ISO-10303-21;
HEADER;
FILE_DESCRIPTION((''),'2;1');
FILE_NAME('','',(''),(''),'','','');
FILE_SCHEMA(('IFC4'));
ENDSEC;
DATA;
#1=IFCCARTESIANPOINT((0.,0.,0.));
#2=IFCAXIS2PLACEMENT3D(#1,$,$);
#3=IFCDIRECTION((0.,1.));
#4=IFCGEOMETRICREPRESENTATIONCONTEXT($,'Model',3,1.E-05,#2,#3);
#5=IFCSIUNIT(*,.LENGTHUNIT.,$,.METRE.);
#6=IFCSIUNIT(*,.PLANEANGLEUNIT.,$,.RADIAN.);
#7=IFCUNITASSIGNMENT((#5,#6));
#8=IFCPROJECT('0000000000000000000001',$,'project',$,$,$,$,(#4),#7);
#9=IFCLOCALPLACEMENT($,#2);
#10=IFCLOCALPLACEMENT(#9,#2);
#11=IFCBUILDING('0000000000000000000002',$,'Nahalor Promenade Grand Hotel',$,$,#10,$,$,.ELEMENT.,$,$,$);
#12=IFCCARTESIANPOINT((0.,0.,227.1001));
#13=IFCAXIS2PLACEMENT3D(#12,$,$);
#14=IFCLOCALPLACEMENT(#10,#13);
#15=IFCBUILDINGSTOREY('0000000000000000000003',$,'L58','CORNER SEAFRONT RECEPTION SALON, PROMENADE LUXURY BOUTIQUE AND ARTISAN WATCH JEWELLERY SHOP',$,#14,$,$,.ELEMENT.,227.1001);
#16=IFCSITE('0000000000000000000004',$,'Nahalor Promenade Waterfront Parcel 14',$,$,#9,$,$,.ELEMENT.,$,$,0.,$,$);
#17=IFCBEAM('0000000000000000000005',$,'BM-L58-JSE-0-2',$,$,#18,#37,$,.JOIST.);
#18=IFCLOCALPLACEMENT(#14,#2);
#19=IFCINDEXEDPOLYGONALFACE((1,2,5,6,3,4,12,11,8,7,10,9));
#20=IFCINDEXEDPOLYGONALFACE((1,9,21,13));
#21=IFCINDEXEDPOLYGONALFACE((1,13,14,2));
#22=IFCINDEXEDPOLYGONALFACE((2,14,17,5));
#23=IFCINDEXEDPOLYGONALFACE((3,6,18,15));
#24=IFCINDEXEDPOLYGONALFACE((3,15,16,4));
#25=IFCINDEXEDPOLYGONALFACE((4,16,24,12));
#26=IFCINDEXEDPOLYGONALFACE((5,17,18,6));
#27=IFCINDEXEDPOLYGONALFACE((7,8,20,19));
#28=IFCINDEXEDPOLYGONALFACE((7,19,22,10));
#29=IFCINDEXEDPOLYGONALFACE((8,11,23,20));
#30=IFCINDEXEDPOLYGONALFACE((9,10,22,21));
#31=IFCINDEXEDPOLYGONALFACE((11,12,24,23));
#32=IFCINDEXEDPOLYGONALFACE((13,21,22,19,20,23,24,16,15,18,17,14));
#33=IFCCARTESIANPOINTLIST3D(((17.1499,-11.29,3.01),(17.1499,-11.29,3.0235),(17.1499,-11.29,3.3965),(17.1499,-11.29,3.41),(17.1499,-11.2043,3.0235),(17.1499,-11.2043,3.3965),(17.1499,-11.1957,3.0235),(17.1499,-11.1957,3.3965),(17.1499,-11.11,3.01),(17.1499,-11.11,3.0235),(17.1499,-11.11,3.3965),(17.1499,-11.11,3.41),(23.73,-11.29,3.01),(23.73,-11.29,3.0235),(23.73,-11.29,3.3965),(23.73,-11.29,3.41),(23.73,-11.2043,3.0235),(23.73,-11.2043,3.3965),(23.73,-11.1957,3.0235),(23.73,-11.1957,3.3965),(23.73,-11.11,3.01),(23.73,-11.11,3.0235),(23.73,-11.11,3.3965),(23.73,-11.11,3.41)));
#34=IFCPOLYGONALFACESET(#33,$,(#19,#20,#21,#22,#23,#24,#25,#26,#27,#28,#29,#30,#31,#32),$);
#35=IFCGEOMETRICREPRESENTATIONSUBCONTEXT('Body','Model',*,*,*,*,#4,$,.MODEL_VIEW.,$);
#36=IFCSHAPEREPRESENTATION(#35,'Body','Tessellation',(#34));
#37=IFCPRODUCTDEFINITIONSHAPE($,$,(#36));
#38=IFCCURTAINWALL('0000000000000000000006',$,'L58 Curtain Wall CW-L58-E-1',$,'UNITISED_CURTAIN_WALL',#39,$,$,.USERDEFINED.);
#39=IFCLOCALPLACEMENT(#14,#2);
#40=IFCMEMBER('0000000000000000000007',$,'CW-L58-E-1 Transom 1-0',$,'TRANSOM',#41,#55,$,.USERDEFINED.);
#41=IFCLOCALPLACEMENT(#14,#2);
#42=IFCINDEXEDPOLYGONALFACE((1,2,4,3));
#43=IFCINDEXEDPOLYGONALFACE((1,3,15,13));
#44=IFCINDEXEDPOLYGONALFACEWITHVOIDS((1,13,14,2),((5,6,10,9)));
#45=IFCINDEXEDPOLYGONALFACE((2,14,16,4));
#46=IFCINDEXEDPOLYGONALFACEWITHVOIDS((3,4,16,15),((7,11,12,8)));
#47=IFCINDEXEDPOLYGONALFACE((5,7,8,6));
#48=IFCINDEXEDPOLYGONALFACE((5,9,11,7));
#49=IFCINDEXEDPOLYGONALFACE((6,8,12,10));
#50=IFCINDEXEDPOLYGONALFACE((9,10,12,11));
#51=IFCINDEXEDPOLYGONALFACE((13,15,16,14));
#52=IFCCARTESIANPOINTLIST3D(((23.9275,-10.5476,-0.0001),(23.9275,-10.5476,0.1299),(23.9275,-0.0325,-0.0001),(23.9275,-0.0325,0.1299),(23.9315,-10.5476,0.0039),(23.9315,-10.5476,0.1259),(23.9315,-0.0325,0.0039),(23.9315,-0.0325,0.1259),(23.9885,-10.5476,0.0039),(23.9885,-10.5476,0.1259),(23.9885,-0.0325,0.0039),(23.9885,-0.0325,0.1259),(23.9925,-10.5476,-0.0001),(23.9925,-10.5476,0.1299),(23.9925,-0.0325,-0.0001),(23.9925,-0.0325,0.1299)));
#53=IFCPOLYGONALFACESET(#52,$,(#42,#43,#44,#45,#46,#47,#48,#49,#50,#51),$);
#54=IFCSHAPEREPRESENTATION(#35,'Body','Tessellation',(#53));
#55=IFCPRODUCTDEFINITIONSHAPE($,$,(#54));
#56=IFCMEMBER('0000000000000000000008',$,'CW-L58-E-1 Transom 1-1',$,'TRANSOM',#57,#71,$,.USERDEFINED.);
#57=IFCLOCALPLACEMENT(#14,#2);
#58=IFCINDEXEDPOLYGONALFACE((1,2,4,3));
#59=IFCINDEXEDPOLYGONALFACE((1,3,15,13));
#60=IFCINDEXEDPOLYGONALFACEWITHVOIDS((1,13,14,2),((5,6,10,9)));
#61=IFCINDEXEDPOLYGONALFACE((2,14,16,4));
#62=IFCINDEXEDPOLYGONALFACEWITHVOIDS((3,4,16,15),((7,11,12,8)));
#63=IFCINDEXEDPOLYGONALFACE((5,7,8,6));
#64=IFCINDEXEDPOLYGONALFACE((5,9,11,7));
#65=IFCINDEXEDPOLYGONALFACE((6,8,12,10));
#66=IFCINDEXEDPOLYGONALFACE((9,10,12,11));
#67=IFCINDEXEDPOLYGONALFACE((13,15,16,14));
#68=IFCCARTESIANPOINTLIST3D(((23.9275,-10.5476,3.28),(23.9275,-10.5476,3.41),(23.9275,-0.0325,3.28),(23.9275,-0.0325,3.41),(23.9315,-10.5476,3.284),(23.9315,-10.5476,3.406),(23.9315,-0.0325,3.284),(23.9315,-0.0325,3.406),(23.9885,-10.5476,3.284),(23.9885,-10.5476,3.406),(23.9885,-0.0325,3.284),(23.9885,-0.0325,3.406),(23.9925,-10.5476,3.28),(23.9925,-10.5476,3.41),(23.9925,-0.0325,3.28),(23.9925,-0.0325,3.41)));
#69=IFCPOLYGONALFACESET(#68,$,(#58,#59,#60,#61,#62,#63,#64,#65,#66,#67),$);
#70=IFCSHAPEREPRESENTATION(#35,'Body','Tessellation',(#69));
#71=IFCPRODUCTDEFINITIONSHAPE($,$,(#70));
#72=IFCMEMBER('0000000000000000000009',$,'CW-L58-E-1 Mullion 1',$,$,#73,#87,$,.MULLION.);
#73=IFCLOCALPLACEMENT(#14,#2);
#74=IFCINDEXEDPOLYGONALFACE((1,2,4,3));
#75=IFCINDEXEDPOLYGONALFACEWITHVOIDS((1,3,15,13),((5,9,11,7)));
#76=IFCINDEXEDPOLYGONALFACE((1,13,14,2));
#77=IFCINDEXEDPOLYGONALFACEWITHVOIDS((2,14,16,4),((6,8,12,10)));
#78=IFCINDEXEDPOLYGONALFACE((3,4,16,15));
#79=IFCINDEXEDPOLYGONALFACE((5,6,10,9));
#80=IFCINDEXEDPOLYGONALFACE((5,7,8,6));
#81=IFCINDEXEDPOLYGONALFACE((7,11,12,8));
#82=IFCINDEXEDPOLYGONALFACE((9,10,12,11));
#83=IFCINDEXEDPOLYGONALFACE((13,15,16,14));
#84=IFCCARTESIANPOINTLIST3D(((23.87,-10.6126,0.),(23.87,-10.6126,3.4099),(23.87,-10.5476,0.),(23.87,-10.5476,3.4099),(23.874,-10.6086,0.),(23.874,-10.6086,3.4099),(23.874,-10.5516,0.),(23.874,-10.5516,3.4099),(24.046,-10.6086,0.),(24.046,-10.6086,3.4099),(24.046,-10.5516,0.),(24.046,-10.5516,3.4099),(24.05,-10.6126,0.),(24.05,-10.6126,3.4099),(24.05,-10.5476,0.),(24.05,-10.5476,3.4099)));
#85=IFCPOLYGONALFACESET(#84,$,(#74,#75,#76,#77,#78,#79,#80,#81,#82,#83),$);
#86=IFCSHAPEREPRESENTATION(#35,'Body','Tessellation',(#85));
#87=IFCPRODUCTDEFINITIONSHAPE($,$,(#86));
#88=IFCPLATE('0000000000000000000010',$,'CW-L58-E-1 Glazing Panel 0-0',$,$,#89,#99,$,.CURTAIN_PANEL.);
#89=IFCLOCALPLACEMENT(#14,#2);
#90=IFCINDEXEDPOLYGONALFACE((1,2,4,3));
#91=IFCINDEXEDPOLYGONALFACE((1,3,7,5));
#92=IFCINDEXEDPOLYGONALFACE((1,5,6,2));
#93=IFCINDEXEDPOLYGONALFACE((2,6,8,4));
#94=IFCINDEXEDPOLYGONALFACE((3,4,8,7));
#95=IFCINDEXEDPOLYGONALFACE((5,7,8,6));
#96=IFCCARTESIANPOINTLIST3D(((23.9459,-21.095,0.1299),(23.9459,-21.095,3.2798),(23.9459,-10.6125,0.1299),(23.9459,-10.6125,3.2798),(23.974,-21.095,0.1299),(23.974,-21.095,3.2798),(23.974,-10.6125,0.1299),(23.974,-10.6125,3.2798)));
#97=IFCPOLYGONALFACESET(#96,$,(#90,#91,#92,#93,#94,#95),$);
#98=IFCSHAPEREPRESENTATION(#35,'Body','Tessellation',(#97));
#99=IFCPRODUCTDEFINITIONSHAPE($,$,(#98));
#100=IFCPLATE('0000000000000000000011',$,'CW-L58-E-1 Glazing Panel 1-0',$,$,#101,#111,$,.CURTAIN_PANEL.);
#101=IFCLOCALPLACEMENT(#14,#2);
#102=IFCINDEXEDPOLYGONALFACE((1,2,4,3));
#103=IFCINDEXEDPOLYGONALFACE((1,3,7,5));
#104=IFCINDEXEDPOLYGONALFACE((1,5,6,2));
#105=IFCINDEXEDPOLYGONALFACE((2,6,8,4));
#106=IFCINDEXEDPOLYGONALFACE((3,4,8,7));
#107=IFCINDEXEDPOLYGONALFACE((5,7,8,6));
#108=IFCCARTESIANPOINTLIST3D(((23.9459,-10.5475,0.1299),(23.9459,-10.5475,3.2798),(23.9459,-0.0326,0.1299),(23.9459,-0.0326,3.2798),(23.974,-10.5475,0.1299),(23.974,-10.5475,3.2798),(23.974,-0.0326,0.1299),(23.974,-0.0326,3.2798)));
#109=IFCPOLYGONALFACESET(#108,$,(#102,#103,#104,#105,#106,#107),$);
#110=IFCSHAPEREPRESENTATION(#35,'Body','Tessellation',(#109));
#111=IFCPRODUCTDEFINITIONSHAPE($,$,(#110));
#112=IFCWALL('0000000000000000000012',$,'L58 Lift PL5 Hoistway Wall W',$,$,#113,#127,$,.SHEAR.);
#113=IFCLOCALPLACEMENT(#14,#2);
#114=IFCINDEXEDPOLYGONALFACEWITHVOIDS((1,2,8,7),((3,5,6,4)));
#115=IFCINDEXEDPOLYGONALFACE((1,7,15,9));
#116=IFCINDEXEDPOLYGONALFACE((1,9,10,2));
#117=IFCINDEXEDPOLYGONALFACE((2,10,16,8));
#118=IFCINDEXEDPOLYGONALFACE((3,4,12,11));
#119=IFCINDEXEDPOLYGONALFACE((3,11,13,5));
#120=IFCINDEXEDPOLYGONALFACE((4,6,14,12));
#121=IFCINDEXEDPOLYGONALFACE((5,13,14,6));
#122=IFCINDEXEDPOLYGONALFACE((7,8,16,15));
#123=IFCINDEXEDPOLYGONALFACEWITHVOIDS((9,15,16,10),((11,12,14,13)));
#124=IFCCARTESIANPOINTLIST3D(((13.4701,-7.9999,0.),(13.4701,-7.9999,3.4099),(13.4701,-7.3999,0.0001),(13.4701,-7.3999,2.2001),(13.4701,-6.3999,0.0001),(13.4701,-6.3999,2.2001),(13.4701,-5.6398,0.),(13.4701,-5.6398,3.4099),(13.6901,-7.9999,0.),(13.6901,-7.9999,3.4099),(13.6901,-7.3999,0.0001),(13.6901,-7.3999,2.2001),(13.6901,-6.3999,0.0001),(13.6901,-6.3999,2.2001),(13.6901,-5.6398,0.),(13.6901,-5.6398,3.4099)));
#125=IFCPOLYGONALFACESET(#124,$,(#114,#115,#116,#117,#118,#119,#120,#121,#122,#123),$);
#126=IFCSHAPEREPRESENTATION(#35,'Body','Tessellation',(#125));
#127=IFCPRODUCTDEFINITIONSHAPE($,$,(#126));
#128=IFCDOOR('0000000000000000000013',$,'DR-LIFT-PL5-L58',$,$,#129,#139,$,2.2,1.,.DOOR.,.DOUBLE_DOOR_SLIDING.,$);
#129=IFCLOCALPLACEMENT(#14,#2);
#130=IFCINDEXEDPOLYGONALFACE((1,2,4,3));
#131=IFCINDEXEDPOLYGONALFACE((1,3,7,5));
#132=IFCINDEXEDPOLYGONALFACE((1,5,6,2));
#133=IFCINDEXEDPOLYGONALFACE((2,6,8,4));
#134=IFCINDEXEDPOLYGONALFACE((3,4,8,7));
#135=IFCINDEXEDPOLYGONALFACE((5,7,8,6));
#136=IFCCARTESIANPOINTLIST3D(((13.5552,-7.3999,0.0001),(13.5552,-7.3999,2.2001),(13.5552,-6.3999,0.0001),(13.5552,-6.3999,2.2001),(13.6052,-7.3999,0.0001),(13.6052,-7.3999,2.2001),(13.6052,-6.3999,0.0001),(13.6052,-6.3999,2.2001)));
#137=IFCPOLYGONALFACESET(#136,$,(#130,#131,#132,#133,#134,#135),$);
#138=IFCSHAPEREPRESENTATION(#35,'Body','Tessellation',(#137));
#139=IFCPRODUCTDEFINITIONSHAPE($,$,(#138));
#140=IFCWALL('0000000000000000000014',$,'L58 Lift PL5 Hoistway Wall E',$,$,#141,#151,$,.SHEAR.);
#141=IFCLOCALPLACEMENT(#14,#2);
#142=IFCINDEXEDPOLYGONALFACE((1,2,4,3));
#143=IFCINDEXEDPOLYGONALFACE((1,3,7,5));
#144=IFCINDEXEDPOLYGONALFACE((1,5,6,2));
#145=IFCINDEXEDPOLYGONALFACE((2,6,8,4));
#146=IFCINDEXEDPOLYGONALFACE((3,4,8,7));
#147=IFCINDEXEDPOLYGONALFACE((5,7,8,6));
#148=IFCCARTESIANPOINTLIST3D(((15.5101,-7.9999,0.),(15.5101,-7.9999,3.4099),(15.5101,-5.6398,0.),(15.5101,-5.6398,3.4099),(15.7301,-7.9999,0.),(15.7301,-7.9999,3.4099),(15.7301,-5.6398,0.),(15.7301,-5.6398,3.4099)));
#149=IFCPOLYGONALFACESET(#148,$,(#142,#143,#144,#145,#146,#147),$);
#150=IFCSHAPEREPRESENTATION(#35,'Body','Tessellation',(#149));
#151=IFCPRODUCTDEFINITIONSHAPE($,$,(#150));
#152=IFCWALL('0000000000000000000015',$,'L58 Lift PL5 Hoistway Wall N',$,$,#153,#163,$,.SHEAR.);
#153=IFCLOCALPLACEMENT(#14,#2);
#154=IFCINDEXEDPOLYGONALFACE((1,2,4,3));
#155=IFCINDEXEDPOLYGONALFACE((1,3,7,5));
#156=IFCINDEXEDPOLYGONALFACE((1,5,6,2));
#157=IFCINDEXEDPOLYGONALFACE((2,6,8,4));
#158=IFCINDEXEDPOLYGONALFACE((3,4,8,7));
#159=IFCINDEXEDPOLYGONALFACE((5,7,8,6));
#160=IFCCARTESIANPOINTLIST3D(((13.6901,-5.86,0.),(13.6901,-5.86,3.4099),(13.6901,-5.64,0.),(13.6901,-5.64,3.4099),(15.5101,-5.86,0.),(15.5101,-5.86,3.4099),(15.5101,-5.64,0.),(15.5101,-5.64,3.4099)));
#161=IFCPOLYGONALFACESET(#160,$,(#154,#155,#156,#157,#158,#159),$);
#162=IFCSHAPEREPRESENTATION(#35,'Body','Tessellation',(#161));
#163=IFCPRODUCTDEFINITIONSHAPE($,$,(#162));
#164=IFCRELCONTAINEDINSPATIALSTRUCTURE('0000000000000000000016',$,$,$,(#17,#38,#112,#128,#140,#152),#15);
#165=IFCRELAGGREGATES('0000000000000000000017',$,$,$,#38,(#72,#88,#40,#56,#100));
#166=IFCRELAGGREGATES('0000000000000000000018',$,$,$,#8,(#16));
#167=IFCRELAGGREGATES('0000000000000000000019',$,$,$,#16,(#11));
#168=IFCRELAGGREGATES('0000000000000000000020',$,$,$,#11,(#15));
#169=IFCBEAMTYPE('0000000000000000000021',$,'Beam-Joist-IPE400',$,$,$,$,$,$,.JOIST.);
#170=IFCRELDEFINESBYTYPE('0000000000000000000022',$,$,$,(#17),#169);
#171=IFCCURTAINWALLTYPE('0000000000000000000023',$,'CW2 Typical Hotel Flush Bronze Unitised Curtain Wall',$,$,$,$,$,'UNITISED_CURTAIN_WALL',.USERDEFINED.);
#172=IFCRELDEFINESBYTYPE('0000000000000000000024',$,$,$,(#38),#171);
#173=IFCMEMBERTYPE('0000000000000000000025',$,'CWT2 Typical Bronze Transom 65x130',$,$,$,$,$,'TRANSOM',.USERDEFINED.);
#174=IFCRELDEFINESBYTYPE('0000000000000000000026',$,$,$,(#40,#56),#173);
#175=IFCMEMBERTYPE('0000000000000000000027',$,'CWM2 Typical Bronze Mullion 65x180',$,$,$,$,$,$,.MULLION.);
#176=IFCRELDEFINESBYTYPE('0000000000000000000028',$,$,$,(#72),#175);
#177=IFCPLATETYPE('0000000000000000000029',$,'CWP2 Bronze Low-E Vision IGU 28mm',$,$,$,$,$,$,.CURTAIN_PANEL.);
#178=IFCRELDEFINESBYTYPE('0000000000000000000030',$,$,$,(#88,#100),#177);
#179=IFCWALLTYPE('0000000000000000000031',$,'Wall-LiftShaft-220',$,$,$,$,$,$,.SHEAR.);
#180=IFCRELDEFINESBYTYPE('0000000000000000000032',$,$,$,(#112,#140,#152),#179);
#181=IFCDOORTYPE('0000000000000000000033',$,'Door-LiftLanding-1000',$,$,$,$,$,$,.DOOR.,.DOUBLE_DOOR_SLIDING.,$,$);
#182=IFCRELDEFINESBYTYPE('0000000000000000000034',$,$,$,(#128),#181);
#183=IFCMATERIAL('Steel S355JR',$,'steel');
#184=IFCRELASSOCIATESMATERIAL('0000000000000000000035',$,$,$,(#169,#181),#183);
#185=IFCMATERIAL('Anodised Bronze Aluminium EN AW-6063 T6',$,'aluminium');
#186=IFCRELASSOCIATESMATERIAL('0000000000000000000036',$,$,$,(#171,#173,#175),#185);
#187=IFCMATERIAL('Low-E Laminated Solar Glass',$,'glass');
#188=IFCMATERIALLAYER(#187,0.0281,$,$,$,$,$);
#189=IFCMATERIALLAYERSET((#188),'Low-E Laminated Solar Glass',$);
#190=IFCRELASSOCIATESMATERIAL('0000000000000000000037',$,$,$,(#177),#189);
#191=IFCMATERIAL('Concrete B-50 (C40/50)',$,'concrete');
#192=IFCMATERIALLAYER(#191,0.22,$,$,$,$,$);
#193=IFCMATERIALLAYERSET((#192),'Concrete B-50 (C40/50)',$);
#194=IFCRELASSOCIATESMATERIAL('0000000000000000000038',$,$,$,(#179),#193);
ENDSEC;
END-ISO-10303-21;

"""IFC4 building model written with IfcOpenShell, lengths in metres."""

from ifc_helpers import new_model, si_unit, direction, frame, frame_2d, origin, origin_2d, place, context, subcontext, project, spatial, rectangle, hollow_rectangle, i_section, extrude, source, transform, mapped, material, layer, layer_set, material_profile, profile_set, type_object, element, fill, aggregate, save


model = new_model("IFC4")

# Units and contexts
model_context = context("Model", 3, precision=1e-05, world=origin(), true_north=direction((0.0, 1.0)))
body_context = subcontext(model_context, "Body", "Model", "MODEL_VIEW")
ifc_project = project(units=[si_unit("LENGTHUNIT", "METRE"), si_unit("PLANEANGLEUNIT", "RADIAN")], contexts=[model_context])

# Site, building, storey
site_placement = place(None, origin())
site = spatial("IfcSite", under=ifc_project, at=site_placement, Name="Nahalor Promenade Waterfront Parcel 14", CompositionType="ELEMENT", RefElevation=0.0)
building_placement = place(site_placement, origin())
building = spatial("IfcBuilding", under=site, at=building_placement, Name="Nahalor Promenade Grand Hotel", CompositionType="ELEMENT")
storey_placement = place(building_placement, frame((0.0, 0.0, 227.1001)))
storey = spatial("IfcBuildingStorey", under=building, at=storey_placement, Name="L58", Description="CORNER SEAFRONT RECEPTION SALON, PROMENADE LUXURY BOUTIQUE AND ARTISAN WATCH JEWELLERY SHOP", CompositionType="ELEMENT", Elevation=227.1001)

# Shared definitions
ifc_material_1 = material(Name="Steel S355JR", Category="steel")

# Beam
ifc_material_profile_1 = material_profile(ifc_material_1, i_section(OverallWidth=0.18, OverallDepth=0.4, WebThickness=0.0086, FlangeThickness=0.0135, at=origin_2d()), Name="IPE 400")
ifc_profile_set_1 = profile_set([ifc_material_profile_1], Name="Steel S355JR")
beam_type_1 = type_object("IfcBeamType", Name="Beam-Joist-IPE400", PredefinedType="JOIST", material=ifc_profile_set_1)
shared_shape_1 = source(origin(), body_context, "Body", "SweptSolid", [
    extrude(i_section(OverallWidth=0.18, OverallDepth=0.4, WebThickness=0.0086, FlangeThickness=0.0135, at=origin_2d()), origin(), (0.0, 0.0, 1.0), 6.5801),
])
beam_1_placement = place(storey_placement, frame((17.1499, -11.2, 3.21), z_axis=(1.0, 0.0, 0.0), x_axis=(0.0, 1.0, 0.0)))
element("IfcBeam", 1, at=beam_1_placement, inside=storey, type_object=beam_type_1, Name="BM-L58-JSE-0-2", PredefinedType="JOIST", context=body_context, shape_type="MappedRepresentation", body=[
    mapped(shared_shape_1, transform((0.0, 0.0, 0.0), scale=1.0)),
])

# Curtain wall, members, plates
ifc_material_2 = material(Name="Anodised Bronze Aluminium EN AW-6063 T6", Category="aluminium")
curtain_wall_type = type_object("IfcCurtainWallType", Name="CW2 Typical Hotel Flush Bronze Unitised Curtain Wall", ElementType="UNITISED_CURTAIN_WALL", PredefinedType="USERDEFINED", material=ifc_material_2)
curtain_wall_placement = place(storey_placement, origin())
curtain_wall = element("IfcCurtainWall", 2, at=curtain_wall_placement, inside=storey, type_object=curtain_wall_type, Name="L58 Curtain Wall CW-L58-E-1", ObjectType="UNITISED_CURTAIN_WALL", PredefinedType="USERDEFINED")
ifc_material_profile_2 = material_profile(ifc_material_2, hollow_rectangle(XDim=0.065, YDim=0.13, WallThickness=0.004, at=origin_2d()), Name="CWT 65x130x4")
ifc_profile_set_2 = profile_set([ifc_material_profile_2], Name="Anodised Bronze Aluminium EN AW-6063 T6")
member_type_1 = type_object("IfcMemberType", Name="CWT2 Typical Bronze Transom 65x130", ElementType="TRANSOM", PredefinedType="USERDEFINED", material=ifc_profile_set_2)
shared_shape_2 = source(origin(), body_context, "Body", "SweptSolid", [
    extrude(hollow_rectangle(XDim=0.065, YDim=0.13, WallThickness=0.004, at=origin_2d()), origin(), (0.0, 0.0, 1.0), 10.5151),
])
member_1_placement = place(storey_placement, frame((23.96, -10.5476, 0.0649), z_axis=(0.0, 1.0, 0.0), x_axis=(-1.0, 0.0, 0.0)))
member_1 = element("IfcMember", 3, at=member_1_placement, type_object=member_type_1, Name="CW-L58-E-1 Transom 1-0", ObjectType="TRANSOM", PredefinedType="USERDEFINED", context=body_context, shape_type="MappedRepresentation", body=[
    mapped(shared_shape_2, transform((0.0, 0.0, 0.0), scale=1.0)),
])
member_2_placement = place(storey_placement, frame((23.96, -10.5476, 3.345), z_axis=(0.0, 1.0, 0.0), x_axis=(-1.0, 0.0, 0.0)))
member_2 = element("IfcMember", 4, at=member_2_placement, type_object=member_type_1, Name="CW-L58-E-1 Transom 1-1", ObjectType="TRANSOM", PredefinedType="USERDEFINED", context=body_context, shape_type="MappedRepresentation", body=[
    mapped(shared_shape_2, transform((0.0, 0.0, 0.0), scale=1.0)),
])
ifc_material_profile_3 = material_profile(ifc_material_2, hollow_rectangle(XDim=0.065, YDim=0.18, WallThickness=0.004, at=origin_2d()), Name="CWM 65x180x4")
ifc_profile_set_3 = profile_set([ifc_material_profile_3], Name="Anodised Bronze Aluminium EN AW-6063 T6")
member_type_2 = type_object("IfcMemberType", Name="CWM2 Typical Bronze Mullion 65x180", PredefinedType="MULLION", material=ifc_profile_set_3)
shared_shape_3 = source(origin(), body_context, "Body", "SweptSolid", [
    extrude(hollow_rectangle(XDim=0.065, YDim=0.18, WallThickness=0.004, at=origin_2d()), origin(), (0.0, 0.0, 1.0), 3.4099),
])
member_3_placement = place(storey_placement, frame((23.96, -10.5801, 0.0), z_axis=(0.0, 0.0, 1.0), x_axis=(0.0, 1.0, 0.0)))
member_3 = element("IfcMember", 5, at=member_3_placement, type_object=member_type_2, Name="CW-L58-E-1 Mullion 1", PredefinedType="MULLION", context=body_context, shape_type="MappedRepresentation", body=[
    mapped(shared_shape_3, transform((0.0, 0.0, 0.0), scale=1.0)),
])
ifc_material_3 = material(Name="Low-E Laminated Solar Glass", Category="glass")
ifc_layer_1 = layer(ifc_material_3, 0.0281)
ifc_layer_set_1 = layer_set([ifc_layer_1], Name="Low-E Laminated Solar Glass")
plate_type = type_object("IfcPlateType", Name="CWP2 Bronze Low-E Vision IGU 28mm", PredefinedType="CURTAIN_PANEL", material=ifc_layer_set_1)
shared_shape_4 = source(origin(), body_context, "Body", "SweptSolid", [
    extrude(rectangle(XDim=10.4824, YDim=0.0281, at=origin_2d()), origin(), (0.0, 0.0, 1.0), 3.1499),
])
plate_1_placement = place(storey_placement, frame((23.96, -15.8538, 0.1299), z_axis=(0.0, 0.0, 1.0), x_axis=(0.0, 1.0, 0.0)))
plate_1 = element("IfcPlate", 6, at=plate_1_placement, type_object=plate_type, Name="CW-L58-E-1 Glazing Panel 0-0", PredefinedType="CURTAIN_PANEL", context=body_context, shape_type="MappedRepresentation", body=[
    mapped(shared_shape_4, transform((0.0, 0.0, 0.0), scale=1.0)),
])
shared_shape_5 = source(origin(), body_context, "Body", "SweptSolid", [
    extrude(rectangle(XDim=10.5149, YDim=0.0281, at=origin_2d()), origin(), (0.0, 0.0, 1.0), 3.1499),
])
plate_2_placement = place(storey_placement, frame((23.96, -5.29, 0.1299), z_axis=(0.0, 0.0, 1.0), x_axis=(0.0, 1.0, 0.0)))
plate_2 = element("IfcPlate", 7, at=plate_2_placement, type_object=plate_type, Name="CW-L58-E-1 Glazing Panel 1-0", PredefinedType="CURTAIN_PANEL", context=body_context, shape_type="MappedRepresentation", body=[
    mapped(shared_shape_5, transform((0.0, 0.0, 0.0), scale=1.0)),
])
aggregate(curtain_wall, [member_3, plate_1, member_1, member_2, plate_2])

# Wall, opening, door
ifc_material_4 = material(Name="Concrete B-50 (C40/50)", Category="concrete")
ifc_layer_2 = layer(ifc_material_4, 0.22)
ifc_layer_set_2 = layer_set([ifc_layer_2], Name="Concrete B-50 (C40/50)")
wall_type_1 = type_object("IfcWallType", Name="Wall-LiftShaft-220", PredefinedType="SHEAR", material=ifc_layer_set_2)
shared_shape_6 = source(origin(), body_context, "Body", "SweptSolid", [
    extrude(rectangle(XDim=2.3601, YDim=0.22, at=frame_2d((1.1802, 0.0))), origin(), (0.0, 0.0, 1.0), 3.4099),
])
wall_1_placement = place(storey_placement, frame((13.5801, -8.0, 0.0), z_axis=(0.0, 0.0, 1.0), x_axis=(0.0, 1.0, 0.0)))
wall_1 = element("IfcWall", 8, at=wall_1_placement, inside=storey, type_object=wall_type_1, Name="L58 Lift PL5 Hoistway Wall W", PredefinedType="SHEAR", context=body_context, shape_type="MappedRepresentation", body=[
    mapped(shared_shape_6, transform((0.0, 0.0, 0.0), scale=1.0)),
])
opening_1_placement = place(wall_1_placement, frame((0.6001, 0.0, 0.0)))
opening_1 = element("IfcOpeningElement", 9, at=opening_1_placement, cuts=wall_1, PredefinedType="OPENING", context=body_context, shape_type="SweptSolid", body=[
    extrude(rectangle(XDim=1.0, YDim=2.2, at=frame_2d((0.5, 1.1001))), frame((0.0, 0.1199, 0.0), z_axis=(0.0, -1.0, 0.0), x_axis=(1.0, 0.0, 0.0)), (0.0, 0.0, 1.0), 0.24),
])
door_type_1 = type_object("IfcDoorType", Name="Door-LiftLanding-1000", OperationType="DOUBLE_DOOR_SLIDING", PredefinedType="DOOR", material=ifc_material_1)
shared_shape_7 = source(origin(), body_context, "Body", "SweptSolid", [
    extrude(rectangle(XDim=1.0, YDim=2.2, at=frame_2d((0.5, 1.1001))), frame((0.0, 0.0249, 0.0), z_axis=(0.0, -1.0, 0.0), x_axis=(1.0, 0.0, 0.0)), (0.0, 0.0, 1.0), 0.05),
])
door_1_placement = place(opening_1_placement, origin())
door_1 = element("IfcDoor", 10, at=door_1_placement, inside=storey, type_object=door_type_1, Name="DR-LIFT-PL5-L58", OperationType="DOUBLE_DOOR_SLIDING", OverallHeight=2.2, OverallWidth=1.0, PredefinedType="DOOR", context=body_context, shape_type="MappedRepresentation", body=[
    mapped(shared_shape_7, transform((0.0, 0.0, 0.0), scale=1.0)),
])
fill(opening_1, door_1)

# Walls
wall_2_placement = place(storey_placement, frame((15.6201, -8.0, 0.0), z_axis=(0.0, 0.0, 1.0), x_axis=(0.0, 1.0, 0.0)))
element("IfcWall", 11, at=wall_2_placement, inside=storey, type_object=wall_type_1, Name="L58 Lift PL5 Hoistway Wall E", PredefinedType="SHEAR", context=body_context, shape_type="MappedRepresentation", body=[
    mapped(shared_shape_6, transform((0.0, 0.0, 0.0), scale=1.0)),
])
shared_shape_8 = source(origin(), body_context, "Body", "SweptSolid", [
    extrude(rectangle(XDim=1.8201, YDim=0.22, at=frame_2d((0.9102, 0.0))), origin(), (0.0, 0.0, 1.0), 3.4099),
])
wall_3_placement = place(storey_placement, frame((13.6899, -5.75, 0.0), z_axis=(0.0, 0.0, 1.0), x_axis=(1.0, 0.0, 0.0)))
element("IfcWall", 12, at=wall_3_placement, inside=storey, type_object=wall_type_1, Name="L58 Lift PL5 Hoistway Wall N", PredefinedType="SHEAR", context=body_context, shape_type="MappedRepresentation", body=[
    mapped(shared_shape_8, transform((0.0, 0.0, 0.0), scale=1.0)),
])

save(model, "model.ifc")
